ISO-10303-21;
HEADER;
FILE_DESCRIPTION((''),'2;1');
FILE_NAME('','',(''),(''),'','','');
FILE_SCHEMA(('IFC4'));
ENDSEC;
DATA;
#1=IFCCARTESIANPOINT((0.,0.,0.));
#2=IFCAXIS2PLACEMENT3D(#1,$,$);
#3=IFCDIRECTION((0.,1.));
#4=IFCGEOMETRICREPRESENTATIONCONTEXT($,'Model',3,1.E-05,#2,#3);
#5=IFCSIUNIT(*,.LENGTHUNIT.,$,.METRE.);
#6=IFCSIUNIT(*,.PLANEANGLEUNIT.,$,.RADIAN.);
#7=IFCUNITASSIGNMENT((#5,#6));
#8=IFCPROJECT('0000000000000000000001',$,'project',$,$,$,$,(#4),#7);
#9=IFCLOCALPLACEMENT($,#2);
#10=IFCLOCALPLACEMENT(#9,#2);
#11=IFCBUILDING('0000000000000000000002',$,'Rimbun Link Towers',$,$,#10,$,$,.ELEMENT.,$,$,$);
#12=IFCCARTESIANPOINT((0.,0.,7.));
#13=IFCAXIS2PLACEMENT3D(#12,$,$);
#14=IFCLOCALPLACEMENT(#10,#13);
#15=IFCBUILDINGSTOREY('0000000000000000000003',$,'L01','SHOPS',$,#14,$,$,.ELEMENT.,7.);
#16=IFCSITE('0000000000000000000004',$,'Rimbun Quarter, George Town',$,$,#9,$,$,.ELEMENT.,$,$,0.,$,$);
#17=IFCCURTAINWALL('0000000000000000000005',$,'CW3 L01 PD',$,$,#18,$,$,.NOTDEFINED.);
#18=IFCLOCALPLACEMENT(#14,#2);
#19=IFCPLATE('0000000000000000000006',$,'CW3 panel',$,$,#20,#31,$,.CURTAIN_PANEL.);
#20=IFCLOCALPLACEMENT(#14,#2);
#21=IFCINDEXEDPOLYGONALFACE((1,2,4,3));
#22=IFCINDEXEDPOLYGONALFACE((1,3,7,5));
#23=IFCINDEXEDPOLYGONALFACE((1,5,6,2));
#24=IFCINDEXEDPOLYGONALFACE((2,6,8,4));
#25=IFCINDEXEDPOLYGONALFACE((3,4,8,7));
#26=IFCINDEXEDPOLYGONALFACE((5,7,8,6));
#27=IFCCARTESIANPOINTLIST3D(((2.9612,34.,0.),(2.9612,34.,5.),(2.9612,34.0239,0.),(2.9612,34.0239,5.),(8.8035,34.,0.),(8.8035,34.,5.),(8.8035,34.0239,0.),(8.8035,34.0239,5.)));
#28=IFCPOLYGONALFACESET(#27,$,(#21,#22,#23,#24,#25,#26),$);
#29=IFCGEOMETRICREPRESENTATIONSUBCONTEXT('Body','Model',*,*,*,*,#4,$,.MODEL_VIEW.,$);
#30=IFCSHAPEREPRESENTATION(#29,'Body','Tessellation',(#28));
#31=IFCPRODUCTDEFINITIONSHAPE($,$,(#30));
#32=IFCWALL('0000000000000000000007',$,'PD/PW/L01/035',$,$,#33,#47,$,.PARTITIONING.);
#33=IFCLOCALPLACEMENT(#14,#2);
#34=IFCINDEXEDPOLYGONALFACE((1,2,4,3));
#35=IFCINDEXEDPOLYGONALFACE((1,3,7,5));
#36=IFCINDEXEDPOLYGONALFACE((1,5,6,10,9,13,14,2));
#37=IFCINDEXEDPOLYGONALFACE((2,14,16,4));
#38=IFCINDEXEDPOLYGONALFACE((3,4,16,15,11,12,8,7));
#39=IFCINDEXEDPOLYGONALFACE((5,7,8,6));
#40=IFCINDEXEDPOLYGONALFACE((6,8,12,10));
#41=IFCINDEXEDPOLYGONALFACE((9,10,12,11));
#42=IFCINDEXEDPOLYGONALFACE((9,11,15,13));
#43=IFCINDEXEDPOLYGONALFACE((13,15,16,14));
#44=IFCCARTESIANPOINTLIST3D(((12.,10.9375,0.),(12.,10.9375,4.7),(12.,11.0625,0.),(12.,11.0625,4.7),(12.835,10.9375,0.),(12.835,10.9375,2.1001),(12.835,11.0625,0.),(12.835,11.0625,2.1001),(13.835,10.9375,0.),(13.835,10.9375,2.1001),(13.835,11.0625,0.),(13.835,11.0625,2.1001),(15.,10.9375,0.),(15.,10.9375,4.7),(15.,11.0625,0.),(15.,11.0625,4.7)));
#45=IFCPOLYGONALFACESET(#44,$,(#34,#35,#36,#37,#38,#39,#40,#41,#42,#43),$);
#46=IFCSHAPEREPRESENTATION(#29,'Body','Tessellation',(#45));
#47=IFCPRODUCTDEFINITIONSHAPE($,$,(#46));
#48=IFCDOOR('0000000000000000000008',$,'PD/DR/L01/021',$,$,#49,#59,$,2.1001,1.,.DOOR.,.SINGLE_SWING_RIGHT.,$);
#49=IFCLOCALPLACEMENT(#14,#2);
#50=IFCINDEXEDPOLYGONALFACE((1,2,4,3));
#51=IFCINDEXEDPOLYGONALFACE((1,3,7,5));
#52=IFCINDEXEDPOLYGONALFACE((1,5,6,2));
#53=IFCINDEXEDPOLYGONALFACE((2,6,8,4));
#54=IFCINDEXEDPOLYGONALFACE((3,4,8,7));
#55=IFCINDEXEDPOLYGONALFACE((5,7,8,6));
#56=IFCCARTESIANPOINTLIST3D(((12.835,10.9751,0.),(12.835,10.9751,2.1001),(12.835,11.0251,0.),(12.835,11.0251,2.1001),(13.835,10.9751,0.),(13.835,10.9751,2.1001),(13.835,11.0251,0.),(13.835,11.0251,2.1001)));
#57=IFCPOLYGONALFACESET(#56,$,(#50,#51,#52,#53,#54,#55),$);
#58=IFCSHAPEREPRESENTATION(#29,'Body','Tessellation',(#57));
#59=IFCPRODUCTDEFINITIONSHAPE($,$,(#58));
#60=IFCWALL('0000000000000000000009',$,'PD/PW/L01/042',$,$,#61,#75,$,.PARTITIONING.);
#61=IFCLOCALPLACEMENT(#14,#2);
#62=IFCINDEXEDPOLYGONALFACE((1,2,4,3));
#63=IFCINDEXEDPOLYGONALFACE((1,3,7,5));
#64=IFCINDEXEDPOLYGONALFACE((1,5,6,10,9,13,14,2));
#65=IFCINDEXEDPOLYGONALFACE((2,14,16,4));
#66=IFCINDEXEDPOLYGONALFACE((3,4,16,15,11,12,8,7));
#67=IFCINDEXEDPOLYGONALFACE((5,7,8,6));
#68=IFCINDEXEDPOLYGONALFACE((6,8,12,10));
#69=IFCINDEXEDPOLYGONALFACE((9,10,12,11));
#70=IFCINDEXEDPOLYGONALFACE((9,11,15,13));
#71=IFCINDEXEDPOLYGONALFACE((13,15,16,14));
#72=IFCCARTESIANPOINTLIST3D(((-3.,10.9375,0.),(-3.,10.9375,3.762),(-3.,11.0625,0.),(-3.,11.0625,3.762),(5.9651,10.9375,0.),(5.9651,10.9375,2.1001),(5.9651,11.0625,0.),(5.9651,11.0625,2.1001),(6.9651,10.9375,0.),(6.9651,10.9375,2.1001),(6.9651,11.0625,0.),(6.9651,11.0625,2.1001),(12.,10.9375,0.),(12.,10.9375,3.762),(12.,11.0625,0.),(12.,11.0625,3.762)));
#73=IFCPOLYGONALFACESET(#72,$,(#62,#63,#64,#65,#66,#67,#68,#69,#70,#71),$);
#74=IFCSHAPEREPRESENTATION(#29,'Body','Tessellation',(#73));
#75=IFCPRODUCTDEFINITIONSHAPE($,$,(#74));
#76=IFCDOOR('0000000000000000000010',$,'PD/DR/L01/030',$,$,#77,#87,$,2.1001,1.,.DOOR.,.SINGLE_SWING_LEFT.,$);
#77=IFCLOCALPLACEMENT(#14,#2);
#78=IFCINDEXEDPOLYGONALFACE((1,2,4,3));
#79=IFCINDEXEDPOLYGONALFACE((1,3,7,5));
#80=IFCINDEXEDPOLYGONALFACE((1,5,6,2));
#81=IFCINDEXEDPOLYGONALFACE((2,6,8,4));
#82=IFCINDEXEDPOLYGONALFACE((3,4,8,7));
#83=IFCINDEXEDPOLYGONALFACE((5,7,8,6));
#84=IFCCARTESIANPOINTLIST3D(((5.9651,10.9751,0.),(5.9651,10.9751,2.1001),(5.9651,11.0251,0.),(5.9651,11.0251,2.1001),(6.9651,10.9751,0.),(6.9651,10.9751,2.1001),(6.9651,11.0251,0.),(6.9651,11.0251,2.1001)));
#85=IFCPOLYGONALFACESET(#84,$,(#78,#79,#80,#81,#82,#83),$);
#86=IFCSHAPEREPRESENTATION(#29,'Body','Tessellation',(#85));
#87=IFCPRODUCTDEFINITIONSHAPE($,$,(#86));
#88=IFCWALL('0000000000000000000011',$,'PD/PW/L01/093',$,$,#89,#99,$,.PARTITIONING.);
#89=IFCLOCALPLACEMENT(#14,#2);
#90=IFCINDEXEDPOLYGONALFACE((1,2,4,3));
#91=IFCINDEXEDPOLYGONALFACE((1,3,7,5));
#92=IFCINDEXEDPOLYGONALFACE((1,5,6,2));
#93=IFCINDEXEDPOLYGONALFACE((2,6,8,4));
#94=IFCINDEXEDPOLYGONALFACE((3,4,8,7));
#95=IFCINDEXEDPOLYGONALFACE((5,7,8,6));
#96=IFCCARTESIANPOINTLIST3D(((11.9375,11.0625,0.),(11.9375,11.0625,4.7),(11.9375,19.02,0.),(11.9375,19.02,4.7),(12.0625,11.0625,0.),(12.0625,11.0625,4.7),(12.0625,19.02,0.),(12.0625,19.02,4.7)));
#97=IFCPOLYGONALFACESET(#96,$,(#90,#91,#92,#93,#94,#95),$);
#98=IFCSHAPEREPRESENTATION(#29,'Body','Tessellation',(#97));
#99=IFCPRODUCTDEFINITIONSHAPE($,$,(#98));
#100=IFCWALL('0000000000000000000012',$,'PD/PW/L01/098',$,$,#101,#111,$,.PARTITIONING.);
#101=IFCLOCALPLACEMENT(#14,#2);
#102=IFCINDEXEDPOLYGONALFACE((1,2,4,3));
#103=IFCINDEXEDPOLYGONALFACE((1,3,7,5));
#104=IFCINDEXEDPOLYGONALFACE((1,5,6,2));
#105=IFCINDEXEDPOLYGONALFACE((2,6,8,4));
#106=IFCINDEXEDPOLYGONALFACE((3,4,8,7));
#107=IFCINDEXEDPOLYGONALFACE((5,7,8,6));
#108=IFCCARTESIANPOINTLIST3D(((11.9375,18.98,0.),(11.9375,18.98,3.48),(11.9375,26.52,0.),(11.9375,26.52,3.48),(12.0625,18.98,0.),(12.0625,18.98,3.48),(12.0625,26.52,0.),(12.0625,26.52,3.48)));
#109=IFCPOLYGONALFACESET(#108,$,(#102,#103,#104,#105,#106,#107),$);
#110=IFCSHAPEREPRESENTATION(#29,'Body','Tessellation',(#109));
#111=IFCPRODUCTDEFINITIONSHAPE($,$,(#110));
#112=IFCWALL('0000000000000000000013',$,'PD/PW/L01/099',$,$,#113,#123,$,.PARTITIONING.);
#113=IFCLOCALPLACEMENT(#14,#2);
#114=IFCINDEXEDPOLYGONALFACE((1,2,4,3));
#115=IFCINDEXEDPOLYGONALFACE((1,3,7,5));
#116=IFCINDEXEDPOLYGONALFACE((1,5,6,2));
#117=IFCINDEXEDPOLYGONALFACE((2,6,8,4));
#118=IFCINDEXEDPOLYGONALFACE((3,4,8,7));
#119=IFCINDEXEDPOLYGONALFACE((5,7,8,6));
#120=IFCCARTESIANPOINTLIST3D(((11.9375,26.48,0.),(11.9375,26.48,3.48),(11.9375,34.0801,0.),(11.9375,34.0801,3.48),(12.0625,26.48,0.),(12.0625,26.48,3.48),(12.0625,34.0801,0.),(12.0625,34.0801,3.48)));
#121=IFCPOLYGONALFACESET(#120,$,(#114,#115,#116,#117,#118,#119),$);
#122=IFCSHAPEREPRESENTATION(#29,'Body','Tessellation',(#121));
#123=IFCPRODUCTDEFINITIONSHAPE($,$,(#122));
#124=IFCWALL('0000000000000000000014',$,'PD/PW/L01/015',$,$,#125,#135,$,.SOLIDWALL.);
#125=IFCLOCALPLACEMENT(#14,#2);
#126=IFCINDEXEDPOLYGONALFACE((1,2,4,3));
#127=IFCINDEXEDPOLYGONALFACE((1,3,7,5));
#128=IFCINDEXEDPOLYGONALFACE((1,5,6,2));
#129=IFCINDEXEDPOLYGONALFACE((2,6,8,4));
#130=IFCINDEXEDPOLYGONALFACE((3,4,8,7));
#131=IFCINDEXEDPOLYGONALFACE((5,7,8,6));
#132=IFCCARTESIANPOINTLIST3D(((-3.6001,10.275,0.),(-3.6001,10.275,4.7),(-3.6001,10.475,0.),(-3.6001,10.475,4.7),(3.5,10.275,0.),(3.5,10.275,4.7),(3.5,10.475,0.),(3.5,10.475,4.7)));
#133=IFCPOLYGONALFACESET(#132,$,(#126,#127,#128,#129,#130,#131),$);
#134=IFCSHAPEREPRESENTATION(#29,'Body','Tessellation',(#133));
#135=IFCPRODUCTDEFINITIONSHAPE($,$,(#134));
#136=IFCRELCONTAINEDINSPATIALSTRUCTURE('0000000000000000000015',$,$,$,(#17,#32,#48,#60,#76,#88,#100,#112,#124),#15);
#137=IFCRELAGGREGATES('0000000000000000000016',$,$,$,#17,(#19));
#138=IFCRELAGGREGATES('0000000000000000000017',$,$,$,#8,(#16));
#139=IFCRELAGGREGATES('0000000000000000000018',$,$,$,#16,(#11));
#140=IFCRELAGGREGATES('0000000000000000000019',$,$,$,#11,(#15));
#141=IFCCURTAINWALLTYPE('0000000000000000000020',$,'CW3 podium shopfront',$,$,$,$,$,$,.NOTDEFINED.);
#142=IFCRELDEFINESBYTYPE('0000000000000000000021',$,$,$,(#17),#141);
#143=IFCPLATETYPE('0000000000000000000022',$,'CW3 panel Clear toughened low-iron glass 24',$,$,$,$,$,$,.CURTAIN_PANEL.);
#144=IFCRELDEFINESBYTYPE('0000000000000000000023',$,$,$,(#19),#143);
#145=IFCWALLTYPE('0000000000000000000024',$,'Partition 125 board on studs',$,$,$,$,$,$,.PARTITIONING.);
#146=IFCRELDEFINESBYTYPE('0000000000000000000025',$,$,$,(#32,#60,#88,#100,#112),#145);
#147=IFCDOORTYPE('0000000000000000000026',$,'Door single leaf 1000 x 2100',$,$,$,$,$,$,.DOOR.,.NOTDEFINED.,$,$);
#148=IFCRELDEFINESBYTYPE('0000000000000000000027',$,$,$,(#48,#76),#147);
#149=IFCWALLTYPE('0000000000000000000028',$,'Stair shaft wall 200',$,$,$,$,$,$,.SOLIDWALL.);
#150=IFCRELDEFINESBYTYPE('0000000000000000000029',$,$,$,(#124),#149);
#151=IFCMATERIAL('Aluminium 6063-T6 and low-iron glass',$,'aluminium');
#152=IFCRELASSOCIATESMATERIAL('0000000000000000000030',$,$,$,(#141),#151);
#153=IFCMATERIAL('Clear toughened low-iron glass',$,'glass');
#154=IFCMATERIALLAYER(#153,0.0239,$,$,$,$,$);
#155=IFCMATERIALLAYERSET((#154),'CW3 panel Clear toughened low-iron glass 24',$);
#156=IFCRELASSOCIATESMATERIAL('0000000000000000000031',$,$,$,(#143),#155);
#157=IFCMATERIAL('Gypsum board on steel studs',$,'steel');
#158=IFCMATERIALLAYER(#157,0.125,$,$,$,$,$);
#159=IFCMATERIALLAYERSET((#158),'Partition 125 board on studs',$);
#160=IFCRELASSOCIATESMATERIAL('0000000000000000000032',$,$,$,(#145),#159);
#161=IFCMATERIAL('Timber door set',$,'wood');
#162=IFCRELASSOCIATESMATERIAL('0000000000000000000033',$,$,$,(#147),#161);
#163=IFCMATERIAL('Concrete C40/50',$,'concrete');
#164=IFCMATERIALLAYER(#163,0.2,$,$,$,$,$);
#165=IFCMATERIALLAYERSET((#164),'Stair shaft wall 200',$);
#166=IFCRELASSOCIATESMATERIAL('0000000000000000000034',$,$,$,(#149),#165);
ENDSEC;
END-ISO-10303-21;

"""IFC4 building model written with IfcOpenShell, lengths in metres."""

from ifc_helpers import new_model, si_unit, direction, frame, frame_2d, origin, origin_2d, place, context, subcontext, project, spatial, rectangle, extrude, material, layer, layer_set, type_object, element, fill, aggregate, save


model = new_model("IFC4")

# Units and contexts
model_context = context("Model", 3, precision=1e-05, world=origin(), true_north=direction((0.0, 1.0)))
body_context = subcontext(model_context, "Body", "Model", "MODEL_VIEW")
ifc_project = project(units=[si_unit("LENGTHUNIT", "METRE"), si_unit("PLANEANGLEUNIT", "RADIAN")], contexts=[model_context])

# Site, building, storey
site_placement = place(None, origin())
site = spatial("IfcSite", under=ifc_project, at=site_placement, Name="Rimbun Quarter, George Town", CompositionType="ELEMENT", RefElevation=0.0)
building_placement = place(site_placement, origin())
building = spatial("IfcBuilding", under=site, at=building_placement, Name="Rimbun Link Towers", CompositionType="ELEMENT")
storey_placement = place(building_placement, frame((0.0, 0.0, 7.0)))
storey = spatial("IfcBuildingStorey", under=building, at=storey_placement, Name="L01", Description="SHOPS", CompositionType="ELEMENT", Elevation=7.0)

# Curtain wall
ifc_material_1 = material(Name="Aluminium 6063-T6 and low-iron glass", Category="aluminium")
curtain_wall_type = type_object("IfcCurtainWallType", Name="CW3 podium shopfront", PredefinedType="NOTDEFINED", material=ifc_material_1)
curtain_wall_placement = place(storey_placement, origin())
curtain_wall = element("IfcCurtainWall", 1, at=curtain_wall_placement, inside=storey, type_object=curtain_wall_type, Name="CW3 L01 PD", PredefinedType="NOTDEFINED")

# Plate
ifc_material_2 = material(Name="Clear toughened low-iron glass", Category="glass")
ifc_layer_1 = layer(ifc_material_2, 0.0239)
ifc_layer_set_1 = layer_set([ifc_layer_1], Name="CW3 panel Clear toughened low-iron glass 24")
plate_type = type_object("IfcPlateType", Name="CW3 panel Clear toughened low-iron glass 24", PredefinedType="CURTAIN_PANEL", material=ifc_layer_set_1)
plate_1_placement = place(storey_placement, frame((5.8823, 34.012, 0.0), z_axis=(0.0, 0.0, 1.0), x_axis=(1.0, 0.0, 0.0)))
plate_1 = element("IfcPlate", 2, at=plate_1_placement, type_object=plate_type, Name="CW3 panel", PredefinedType="CURTAIN_PANEL", context=body_context, shape_type="SweptSolid", body=[
    extrude(rectangle(XDim=5.8423, YDim=0.0239, at=origin_2d()), origin(), (0.0, 0.0, 1.0), 5.0),
])
aggregate(curtain_wall, [plate_1])

# Walls, openings, doors
ifc_material_3 = material(Name="Gypsum board on steel studs", Category="steel")
ifc_layer_2 = layer(ifc_material_3, 0.125)
ifc_layer_set_2 = layer_set([ifc_layer_2], Name="Partition 125 board on studs")
wall_type_1 = type_object("IfcWallType", Name="Partition 125 board on studs", PredefinedType="PARTITIONING", material=ifc_layer_set_2)
wall_1_placement = place(storey_placement, frame((15.0, 11.0, 0.0), z_axis=(0.0, 0.0, 1.0), x_axis=(-1.0, 0.0, 0.0)))
wall_1 = element("IfcWall", 3, at=wall_1_placement, inside=storey, type_object=wall_type_1, Name="PD/PW/L01/035", PredefinedType="PARTITIONING", context=body_context, shape_type="SweptSolid", body=[
    extrude(rectangle(XDim=3.0, YDim=0.125, at=frame_2d((1.5, 0.0))), origin(), (0.0, 0.0, 1.0), 4.7),
])
opening_1_placement = place(wall_1_placement, frame((1.165, 0.0, 0.0)))
opening_1 = element("IfcOpeningElement", 4, at=opening_1_placement, cuts=wall_1, PredefinedType="OPENING", context=body_context, shape_type="SweptSolid", body=[
    extrude(rectangle(XDim=1.0, YDim=2.1001, at=frame_2d((0.5, 1.05))), frame((0.0, 0.0725, 0.0), z_axis=(0.0, -1.0, 0.0), x_axis=(1.0, 0.0, 0.0)), (0.0, 0.0, 1.0), 0.145),
])
ifc_material_4 = material(Name="Timber door set", Category="wood")
door_type = type_object("IfcDoorType", Name="Door single leaf 1000 x 2100", OperationType="NOTDEFINED", PredefinedType="DOOR", material=ifc_material_4)
door_1_placement = place(opening_1_placement, origin())
door_1 = element("IfcDoor", 5, at=door_1_placement, inside=storey, type_object=door_type, Name="PD/DR/L01/021", OperationType="SINGLE_SWING_RIGHT", OverallHeight=2.1001, OverallWidth=1.0, PredefinedType="DOOR", context=body_context, shape_type="SweptSolid", body=[
    extrude(rectangle(XDim=1.0, YDim=2.1001, at=frame_2d((0.5, 1.05))), frame((0.0, 0.0249, 0.0), z_axis=(0.0, -1.0, 0.0), x_axis=(1.0, 0.0, 0.0)), (0.0, 0.0, 1.0), 0.05),
])
fill(opening_1, door_1)
wall_2_placement = place(storey_placement, frame((12.0, 11.0, 0.0), z_axis=(0.0, 0.0, 1.0), x_axis=(-1.0, 0.0, 0.0)))
wall_2 = element("IfcWall", 6, at=wall_2_placement, inside=storey, type_object=wall_type_1, Name="PD/PW/L01/042", PredefinedType="PARTITIONING", context=body_context, shape_type="SweptSolid", body=[
    extrude(rectangle(XDim=15.0, YDim=0.125, at=frame_2d((7.5, 0.0))), origin(), (0.0, 0.0, 1.0), 3.762),
])
opening_2_placement = place(wall_2_placement, frame((5.0349, 0.0, 0.0)))
opening_2 = element("IfcOpeningElement", 7, at=opening_2_placement, cuts=wall_2, PredefinedType="OPENING", context=body_context, shape_type="SweptSolid", body=[
    extrude(rectangle(XDim=1.0, YDim=2.1001, at=frame_2d((0.5, 1.05))), frame((0.0, 0.0725, 0.0), z_axis=(0.0, -1.0, 0.0), x_axis=(1.0, 0.0, 0.0)), (0.0, 0.0, 1.0), 0.145),
])
door_2_placement = place(opening_2_placement, origin())
door_2 = element("IfcDoor", 8, at=door_2_placement, inside=storey, type_object=door_type, Name="PD/DR/L01/030", OperationType="SINGLE_SWING_LEFT", OverallHeight=2.1001, OverallWidth=1.0, PredefinedType="DOOR", context=body_context, shape_type="SweptSolid", body=[
    extrude(rectangle(XDim=1.0, YDim=2.1001, at=frame_2d((0.5, 1.05))), frame((0.0, 0.0249, 0.0), z_axis=(0.0, -1.0, 0.0), x_axis=(1.0, 0.0, 0.0)), (0.0, 0.0, 1.0), 0.05),
])
fill(opening_2, door_2)

# Walls
wall_3_placement = place(storey_placement, frame((12.0, 19.02, 0.0), z_axis=(0.0, 0.0, 1.0), x_axis=(0.0, -1.0, 0.0)))
element("IfcWall", 9, at=wall_3_placement, inside=storey, type_object=wall_type_1, Name="PD/PW/L01/093", PredefinedType="PARTITIONING", context=body_context, shape_type="SweptSolid", body=[
    extrude(rectangle(XDim=7.9575, YDim=0.125, at=frame_2d((3.9788, 0.0))), origin(), (0.0, 0.0, 1.0), 4.7),
])
wall_4_placement = place(storey_placement, frame((12.0, 26.52, 0.0), z_axis=(0.0, 0.0, 1.0), x_axis=(0.0, -1.0, 0.0)))
element("IfcWall", 10, at=wall_4_placement, inside=storey, type_object=wall_type_1, Name="PD/PW/L01/098", PredefinedType="PARTITIONING", context=body_context, shape_type="SweptSolid", body=[
    extrude(rectangle(XDim=7.54, YDim=0.125, at=frame_2d((3.77, 0.0))), origin(), (0.0, 0.0, 1.0), 3.48),
])
wall_5_placement = place(storey_placement, frame((12.0, 34.0801, 0.0), z_axis=(0.0, 0.0, 1.0), x_axis=(0.0, -1.0, 0.0)))
element("IfcWall", 11, at=wall_5_placement, inside=storey, type_object=wall_type_1, Name="PD/PW/L01/099", PredefinedType="PARTITIONING", context=body_context, shape_type="SweptSolid", body=[
    extrude(rectangle(XDim=7.6001, YDim=0.125, at=frame_2d((3.8, 0.0))), origin(), (0.0, 0.0, 1.0), 3.48),
])
ifc_material_5 = material(Name="Concrete C40/50", Category="concrete")
ifc_layer_3 = layer(ifc_material_5, 0.2)
ifc_layer_set_3 = layer_set([ifc_layer_3], Name="Stair shaft wall 200")
wall_type_2 = type_object("IfcWallType", Name="Stair shaft wall 200", PredefinedType="SOLIDWALL", material=ifc_layer_set_3)
wall_6_placement = place(storey_placement, frame((3.5, 10.375, 0.0), z_axis=(0.0, 0.0, 1.0), x_axis=(-1.0, 0.0, 0.0)))
element("IfcWall", 12, at=wall_6_placement, inside=storey, type_object=wall_type_2, Name="PD/PW/L01/015", PredefinedType="SOLIDWALL", context=body_context, shape_type="SweptSolid", body=[
    extrude(rectangle(XDim=7.1001, YDim=0.2, at=frame_2d((3.55, 0.0))), origin(), (0.0, 0.0, 1.0), 4.7),
])

save(model, "model.ifc")
